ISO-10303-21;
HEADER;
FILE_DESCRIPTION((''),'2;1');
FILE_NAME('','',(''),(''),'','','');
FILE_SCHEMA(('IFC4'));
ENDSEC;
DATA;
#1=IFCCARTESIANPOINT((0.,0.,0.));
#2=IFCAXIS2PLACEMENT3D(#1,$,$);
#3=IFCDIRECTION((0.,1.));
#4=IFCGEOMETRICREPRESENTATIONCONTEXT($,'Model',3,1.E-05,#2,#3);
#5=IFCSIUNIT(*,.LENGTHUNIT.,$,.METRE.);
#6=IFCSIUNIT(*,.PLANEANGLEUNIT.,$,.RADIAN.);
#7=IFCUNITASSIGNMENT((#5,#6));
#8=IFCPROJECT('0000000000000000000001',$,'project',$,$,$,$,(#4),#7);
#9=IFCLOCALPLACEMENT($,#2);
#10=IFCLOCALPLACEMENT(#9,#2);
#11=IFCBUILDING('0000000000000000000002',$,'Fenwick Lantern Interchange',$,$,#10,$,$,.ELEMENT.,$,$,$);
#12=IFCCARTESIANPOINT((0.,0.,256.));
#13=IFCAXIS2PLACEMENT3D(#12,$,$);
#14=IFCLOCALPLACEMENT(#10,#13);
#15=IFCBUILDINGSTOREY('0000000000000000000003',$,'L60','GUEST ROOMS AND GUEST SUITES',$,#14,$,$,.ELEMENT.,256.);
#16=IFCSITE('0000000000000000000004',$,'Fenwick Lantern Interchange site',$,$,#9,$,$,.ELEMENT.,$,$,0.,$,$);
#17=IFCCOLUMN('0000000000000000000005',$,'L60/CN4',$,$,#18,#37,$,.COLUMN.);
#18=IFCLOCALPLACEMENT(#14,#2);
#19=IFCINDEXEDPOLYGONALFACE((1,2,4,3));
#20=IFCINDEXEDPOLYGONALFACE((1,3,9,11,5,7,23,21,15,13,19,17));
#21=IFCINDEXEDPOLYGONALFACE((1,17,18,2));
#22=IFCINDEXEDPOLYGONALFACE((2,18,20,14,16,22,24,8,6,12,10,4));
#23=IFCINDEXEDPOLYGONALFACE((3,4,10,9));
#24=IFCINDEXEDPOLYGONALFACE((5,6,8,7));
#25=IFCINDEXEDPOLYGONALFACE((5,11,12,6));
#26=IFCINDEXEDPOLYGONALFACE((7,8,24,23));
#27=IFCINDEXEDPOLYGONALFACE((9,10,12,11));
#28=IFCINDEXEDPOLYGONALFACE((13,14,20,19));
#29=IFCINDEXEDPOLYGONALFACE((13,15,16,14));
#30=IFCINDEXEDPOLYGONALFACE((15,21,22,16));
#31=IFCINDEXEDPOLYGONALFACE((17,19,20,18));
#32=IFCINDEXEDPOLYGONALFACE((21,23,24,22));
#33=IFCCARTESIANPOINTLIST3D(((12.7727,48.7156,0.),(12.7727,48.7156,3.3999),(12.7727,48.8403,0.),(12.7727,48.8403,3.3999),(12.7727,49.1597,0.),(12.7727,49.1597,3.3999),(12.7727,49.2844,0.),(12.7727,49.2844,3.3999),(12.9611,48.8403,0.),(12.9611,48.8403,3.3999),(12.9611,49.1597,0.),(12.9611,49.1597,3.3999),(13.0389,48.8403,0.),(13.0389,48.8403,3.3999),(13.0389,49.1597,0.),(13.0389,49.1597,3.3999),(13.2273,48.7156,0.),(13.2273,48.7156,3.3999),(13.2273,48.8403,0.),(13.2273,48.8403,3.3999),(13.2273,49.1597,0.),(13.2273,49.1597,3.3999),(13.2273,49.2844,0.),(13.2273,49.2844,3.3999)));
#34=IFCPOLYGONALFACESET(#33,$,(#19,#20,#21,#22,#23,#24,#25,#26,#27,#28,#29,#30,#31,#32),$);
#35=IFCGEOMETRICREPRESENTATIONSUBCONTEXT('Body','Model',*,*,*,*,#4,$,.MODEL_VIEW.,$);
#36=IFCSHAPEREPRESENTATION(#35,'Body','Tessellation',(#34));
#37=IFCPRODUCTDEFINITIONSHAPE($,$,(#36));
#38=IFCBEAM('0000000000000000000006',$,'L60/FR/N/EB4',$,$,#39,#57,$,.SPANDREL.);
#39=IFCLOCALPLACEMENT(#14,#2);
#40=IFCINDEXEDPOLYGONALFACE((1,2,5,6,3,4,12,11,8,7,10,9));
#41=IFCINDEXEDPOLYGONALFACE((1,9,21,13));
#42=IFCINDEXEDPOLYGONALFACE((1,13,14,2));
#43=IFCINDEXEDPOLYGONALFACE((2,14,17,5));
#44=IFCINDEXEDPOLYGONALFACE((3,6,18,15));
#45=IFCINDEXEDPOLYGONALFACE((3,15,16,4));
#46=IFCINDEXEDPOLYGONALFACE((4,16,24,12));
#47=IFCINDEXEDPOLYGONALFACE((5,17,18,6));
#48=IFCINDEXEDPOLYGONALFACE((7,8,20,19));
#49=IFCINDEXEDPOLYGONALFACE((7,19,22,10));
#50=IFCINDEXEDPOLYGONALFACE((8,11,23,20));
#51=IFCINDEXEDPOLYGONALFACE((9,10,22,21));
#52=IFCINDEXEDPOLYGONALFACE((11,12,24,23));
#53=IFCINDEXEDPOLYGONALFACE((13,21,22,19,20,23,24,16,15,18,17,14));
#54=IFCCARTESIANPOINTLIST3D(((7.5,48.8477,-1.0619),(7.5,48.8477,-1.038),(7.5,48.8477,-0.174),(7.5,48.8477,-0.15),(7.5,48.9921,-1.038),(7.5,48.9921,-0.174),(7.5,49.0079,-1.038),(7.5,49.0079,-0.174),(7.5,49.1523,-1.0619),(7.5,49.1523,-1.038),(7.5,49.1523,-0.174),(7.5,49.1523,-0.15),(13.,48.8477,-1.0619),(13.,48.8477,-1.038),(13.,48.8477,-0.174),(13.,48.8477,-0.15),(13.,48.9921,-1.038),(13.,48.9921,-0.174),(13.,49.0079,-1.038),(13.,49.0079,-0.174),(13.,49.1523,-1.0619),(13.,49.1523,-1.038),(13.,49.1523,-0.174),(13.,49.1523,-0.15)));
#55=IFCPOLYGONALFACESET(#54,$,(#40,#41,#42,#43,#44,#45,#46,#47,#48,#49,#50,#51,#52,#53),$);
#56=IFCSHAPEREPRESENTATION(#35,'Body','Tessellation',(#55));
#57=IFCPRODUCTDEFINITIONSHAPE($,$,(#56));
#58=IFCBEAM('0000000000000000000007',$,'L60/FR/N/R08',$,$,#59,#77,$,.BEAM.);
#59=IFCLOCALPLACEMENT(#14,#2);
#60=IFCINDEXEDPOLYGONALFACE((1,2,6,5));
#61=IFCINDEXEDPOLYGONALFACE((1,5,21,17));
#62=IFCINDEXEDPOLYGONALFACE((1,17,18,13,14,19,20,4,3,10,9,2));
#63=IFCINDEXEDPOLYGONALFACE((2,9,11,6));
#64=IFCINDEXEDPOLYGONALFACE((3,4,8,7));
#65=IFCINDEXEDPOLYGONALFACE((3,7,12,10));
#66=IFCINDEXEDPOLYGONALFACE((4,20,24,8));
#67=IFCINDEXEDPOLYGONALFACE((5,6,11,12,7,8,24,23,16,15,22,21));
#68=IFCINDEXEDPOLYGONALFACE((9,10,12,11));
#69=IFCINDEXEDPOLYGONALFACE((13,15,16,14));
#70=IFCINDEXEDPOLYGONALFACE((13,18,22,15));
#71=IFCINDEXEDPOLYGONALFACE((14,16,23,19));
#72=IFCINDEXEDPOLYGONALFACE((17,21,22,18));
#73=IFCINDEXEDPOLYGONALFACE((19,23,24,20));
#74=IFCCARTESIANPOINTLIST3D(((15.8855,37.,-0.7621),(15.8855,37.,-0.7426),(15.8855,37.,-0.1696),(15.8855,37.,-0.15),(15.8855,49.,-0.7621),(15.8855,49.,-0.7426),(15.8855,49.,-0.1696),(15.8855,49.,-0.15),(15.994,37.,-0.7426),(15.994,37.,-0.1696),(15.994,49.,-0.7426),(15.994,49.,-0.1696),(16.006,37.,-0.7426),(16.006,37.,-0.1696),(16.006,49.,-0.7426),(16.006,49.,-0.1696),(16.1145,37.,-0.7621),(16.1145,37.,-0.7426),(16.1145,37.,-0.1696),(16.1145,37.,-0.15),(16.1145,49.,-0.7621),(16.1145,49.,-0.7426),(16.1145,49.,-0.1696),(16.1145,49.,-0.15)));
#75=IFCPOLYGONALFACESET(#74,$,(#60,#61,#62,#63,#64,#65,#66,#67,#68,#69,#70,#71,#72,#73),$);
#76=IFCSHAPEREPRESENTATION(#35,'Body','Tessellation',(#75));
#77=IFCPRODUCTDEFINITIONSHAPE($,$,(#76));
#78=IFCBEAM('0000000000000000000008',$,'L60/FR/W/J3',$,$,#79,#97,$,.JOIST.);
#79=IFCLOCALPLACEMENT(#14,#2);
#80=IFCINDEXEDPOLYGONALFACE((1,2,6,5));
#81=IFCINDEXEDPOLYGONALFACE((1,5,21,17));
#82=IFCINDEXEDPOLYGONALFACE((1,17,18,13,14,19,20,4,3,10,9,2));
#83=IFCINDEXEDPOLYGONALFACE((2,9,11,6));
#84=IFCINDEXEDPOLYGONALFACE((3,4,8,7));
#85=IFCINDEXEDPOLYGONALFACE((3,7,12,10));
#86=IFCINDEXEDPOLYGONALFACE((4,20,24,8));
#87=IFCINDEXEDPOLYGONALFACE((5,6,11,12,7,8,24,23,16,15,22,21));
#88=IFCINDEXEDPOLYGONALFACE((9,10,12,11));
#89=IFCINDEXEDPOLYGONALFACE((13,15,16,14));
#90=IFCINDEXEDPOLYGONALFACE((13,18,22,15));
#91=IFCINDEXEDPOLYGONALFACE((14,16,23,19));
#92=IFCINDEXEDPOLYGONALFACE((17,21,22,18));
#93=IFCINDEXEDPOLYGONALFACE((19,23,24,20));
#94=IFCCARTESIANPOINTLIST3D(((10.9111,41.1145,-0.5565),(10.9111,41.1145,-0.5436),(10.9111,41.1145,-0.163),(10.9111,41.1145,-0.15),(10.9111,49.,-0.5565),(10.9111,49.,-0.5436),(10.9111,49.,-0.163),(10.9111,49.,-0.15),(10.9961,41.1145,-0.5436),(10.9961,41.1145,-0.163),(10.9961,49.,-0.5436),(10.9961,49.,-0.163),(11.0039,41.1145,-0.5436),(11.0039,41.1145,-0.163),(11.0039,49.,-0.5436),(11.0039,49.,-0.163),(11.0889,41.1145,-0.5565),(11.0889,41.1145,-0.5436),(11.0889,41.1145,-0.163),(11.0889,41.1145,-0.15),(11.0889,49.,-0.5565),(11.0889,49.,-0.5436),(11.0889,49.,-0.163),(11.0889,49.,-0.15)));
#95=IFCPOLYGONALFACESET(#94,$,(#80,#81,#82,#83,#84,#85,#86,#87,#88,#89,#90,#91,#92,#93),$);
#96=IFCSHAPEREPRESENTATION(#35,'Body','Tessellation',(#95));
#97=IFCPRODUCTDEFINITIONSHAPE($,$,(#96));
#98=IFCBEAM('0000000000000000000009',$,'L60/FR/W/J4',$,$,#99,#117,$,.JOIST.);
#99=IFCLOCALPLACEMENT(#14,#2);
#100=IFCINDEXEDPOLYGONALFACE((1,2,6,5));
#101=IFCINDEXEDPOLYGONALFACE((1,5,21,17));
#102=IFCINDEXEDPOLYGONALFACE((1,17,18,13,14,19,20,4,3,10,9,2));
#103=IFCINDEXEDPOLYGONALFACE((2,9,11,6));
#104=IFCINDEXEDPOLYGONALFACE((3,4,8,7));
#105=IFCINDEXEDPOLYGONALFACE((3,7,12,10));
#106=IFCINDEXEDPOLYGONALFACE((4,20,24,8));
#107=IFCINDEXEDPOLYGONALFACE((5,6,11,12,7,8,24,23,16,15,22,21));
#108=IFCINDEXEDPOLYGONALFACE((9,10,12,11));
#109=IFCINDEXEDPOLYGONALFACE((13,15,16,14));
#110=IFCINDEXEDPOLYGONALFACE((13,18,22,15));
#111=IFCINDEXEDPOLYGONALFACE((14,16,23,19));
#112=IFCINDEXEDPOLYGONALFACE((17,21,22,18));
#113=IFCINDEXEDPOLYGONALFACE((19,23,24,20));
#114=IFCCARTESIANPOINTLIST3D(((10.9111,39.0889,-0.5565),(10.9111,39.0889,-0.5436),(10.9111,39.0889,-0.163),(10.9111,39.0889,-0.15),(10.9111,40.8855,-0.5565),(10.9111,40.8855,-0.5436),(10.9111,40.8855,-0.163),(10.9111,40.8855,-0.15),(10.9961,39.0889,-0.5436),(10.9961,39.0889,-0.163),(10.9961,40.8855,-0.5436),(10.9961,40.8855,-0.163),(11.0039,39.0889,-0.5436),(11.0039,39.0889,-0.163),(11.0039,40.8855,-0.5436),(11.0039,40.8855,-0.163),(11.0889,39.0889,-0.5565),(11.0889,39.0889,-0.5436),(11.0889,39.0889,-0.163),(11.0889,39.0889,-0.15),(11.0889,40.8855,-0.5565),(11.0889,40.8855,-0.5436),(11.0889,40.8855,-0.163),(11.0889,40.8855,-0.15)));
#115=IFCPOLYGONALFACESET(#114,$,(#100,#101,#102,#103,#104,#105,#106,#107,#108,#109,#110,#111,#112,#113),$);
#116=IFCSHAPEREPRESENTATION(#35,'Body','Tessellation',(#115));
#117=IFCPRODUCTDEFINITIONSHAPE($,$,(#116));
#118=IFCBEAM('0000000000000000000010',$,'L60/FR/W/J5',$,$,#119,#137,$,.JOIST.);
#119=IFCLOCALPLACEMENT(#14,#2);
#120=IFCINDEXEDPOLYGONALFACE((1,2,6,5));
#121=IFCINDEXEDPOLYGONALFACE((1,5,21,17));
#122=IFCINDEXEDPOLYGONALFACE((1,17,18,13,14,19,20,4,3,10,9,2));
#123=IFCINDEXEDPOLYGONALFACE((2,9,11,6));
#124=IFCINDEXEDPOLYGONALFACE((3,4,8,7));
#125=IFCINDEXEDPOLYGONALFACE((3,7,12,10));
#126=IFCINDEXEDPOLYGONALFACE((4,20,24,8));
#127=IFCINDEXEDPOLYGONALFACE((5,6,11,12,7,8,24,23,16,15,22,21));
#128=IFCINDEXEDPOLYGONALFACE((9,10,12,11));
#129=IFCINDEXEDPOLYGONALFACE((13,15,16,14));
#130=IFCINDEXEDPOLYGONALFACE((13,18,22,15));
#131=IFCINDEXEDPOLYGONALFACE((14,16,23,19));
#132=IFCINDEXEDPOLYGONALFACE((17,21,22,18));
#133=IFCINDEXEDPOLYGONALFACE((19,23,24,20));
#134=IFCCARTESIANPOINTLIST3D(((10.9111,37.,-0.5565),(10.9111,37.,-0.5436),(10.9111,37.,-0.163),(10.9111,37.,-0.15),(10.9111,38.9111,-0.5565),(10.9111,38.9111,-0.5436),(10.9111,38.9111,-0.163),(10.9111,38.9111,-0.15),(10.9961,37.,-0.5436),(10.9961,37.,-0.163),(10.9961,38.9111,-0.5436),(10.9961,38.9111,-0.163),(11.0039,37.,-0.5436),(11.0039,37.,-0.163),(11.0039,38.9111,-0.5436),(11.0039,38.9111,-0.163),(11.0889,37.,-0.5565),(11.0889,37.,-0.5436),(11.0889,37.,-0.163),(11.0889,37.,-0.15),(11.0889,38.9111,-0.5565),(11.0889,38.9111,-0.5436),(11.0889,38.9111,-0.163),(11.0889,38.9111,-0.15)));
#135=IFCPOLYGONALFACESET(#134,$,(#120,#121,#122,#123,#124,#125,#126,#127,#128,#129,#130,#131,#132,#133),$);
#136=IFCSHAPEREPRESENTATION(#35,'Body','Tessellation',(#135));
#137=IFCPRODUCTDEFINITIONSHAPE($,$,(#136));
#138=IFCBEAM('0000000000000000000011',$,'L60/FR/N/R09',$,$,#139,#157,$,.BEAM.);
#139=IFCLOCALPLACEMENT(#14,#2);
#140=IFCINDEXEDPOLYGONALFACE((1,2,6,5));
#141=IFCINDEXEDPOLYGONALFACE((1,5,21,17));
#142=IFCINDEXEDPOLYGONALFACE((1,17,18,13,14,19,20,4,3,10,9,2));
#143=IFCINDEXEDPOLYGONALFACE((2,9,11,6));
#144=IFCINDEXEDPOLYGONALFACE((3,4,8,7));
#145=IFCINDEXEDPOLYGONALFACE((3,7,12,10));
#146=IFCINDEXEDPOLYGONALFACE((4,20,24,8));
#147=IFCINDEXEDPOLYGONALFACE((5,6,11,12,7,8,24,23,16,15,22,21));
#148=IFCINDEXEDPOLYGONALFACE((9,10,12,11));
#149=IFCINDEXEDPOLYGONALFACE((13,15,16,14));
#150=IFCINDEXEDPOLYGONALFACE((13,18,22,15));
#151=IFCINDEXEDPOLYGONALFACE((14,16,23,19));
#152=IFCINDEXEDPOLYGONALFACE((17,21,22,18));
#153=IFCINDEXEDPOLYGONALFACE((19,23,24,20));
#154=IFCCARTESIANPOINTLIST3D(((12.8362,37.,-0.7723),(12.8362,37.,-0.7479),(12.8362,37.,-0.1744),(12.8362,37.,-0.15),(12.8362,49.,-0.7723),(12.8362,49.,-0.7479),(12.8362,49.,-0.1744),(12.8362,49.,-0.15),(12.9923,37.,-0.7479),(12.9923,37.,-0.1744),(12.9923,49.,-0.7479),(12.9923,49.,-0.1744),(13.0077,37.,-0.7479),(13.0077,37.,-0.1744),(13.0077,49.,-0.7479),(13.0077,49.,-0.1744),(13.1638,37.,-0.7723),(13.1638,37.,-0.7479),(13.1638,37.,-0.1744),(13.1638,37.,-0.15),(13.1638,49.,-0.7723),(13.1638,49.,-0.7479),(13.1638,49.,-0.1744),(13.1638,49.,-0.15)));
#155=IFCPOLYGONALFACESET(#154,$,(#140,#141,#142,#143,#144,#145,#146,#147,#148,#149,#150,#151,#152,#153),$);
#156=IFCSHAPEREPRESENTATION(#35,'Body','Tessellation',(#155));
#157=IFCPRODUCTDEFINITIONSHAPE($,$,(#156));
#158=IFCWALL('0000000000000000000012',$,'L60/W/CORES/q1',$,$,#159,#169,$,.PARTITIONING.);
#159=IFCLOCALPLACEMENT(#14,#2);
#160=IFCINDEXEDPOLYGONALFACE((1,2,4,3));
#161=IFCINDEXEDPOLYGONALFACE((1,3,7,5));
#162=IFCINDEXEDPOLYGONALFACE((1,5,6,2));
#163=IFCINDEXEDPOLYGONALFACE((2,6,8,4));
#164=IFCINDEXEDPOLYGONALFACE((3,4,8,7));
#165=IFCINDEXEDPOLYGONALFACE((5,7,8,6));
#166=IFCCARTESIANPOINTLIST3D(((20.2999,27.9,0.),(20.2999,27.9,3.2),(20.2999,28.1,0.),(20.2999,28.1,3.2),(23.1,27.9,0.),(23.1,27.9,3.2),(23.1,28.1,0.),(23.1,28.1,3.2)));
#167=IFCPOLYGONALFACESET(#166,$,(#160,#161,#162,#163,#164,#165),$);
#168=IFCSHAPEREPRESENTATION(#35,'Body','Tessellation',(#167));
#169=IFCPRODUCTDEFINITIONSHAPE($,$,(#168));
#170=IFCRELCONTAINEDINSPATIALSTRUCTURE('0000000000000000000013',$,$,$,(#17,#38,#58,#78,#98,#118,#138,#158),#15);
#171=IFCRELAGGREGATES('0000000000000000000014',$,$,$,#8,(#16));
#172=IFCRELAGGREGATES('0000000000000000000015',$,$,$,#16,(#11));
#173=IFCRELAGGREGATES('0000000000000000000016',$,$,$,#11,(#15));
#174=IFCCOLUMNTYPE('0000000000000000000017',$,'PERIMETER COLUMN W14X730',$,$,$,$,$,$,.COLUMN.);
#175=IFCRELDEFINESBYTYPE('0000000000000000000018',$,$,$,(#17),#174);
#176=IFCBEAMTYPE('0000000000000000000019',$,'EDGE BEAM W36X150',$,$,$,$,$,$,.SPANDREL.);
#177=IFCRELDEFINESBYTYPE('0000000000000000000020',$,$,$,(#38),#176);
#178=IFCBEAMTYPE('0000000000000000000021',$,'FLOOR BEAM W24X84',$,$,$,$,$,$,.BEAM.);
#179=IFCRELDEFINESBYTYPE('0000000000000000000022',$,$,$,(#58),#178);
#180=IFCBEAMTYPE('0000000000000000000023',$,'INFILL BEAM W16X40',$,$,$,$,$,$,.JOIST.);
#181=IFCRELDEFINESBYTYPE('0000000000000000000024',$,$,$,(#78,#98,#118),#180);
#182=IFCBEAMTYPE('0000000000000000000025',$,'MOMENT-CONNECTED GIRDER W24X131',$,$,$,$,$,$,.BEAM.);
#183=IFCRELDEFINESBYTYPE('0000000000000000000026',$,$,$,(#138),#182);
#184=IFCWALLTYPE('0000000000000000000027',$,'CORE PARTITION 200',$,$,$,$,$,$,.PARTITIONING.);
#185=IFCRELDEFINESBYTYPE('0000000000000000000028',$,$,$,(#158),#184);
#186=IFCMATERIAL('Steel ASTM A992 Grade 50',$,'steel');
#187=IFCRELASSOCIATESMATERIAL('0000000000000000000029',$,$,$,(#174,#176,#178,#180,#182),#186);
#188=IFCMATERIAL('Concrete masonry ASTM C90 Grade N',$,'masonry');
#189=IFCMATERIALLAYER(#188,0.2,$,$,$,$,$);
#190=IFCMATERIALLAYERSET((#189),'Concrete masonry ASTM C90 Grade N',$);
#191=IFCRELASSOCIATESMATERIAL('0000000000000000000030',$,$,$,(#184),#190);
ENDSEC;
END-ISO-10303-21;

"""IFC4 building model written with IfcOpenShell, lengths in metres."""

from ifc_helpers import new_model, si_unit, direction, frame, frame_2d, origin, origin_2d, place, context, subcontext, project, spatial, rectangle, i_section, extrude, material, layer, layer_set, material_profile, profile_set, type_object, element, save


model = new_model("IFC4")

# Units and contexts
model_context = context("Model", 3, precision=1e-05, world=origin(), true_north=direction((0.0, 1.0)))
body_context = subcontext(model_context, "Body", "Model", "MODEL_VIEW")
ifc_project = project(units=[si_unit("LENGTHUNIT", "METRE"), si_unit("PLANEANGLEUNIT", "RADIAN")], contexts=[model_context])

# Site, building, storey
site_placement = place(None, origin())
site = spatial("IfcSite", under=ifc_project, at=site_placement, Name="Fenwick Lantern Interchange site", CompositionType="ELEMENT", RefElevation=0.0)
building_placement = place(site_placement, origin())
building = spatial("IfcBuilding", under=site, at=building_placement, Name="Fenwick Lantern Interchange", CompositionType="ELEMENT")
storey_placement = place(building_placement, frame((0.0, 0.0, 256.0)))
storey = spatial("IfcBuildingStorey", under=building, at=storey_placement, Name="L60", Description="GUEST ROOMS AND GUEST SUITES", CompositionType="ELEMENT", Elevation=256.0)

# Column
ifc_material_1 = material(Name="Steel ASTM A992 Grade 50", Category="steel")
ifc_material_profile_1 = material_profile(ifc_material_1, i_section(OverallWidth=0.4546, OverallDepth=0.5688, WebThickness=0.0779, FlangeThickness=0.1248, at=origin_2d()), Name="W14X730")
ifc_profile_set_1 = profile_set([ifc_material_profile_1], Name="Steel ASTM A992 Grade 50")
column_type = type_object("IfcColumnType", Name="PERIMETER COLUMN W14X730", PredefinedType="COLUMN", material=ifc_profile_set_1)
column_placement = place(storey_placement, frame((13.0, 49.0, 0.0), z_axis=(0.0, 0.0, 1.0), x_axis=(1.0, 0.0, 0.0)))
element("IfcColumn", 1, at=column_placement, inside=storey, type_object=column_type, Name="L60/CN4", PredefinedType="COLUMN", context=body_context, shape_type="SweptSolid", body=[
    extrude(i_section(OverallWidth=0.4546, OverallDepth=0.5688, WebThickness=0.0779, FlangeThickness=0.1248, at=origin_2d()), origin(), (0.0, 0.0, 1.0), 3.3999),
])

# Beams
ifc_material_profile_2 = material_profile(ifc_material_1, i_section(OverallWidth=0.3047, OverallDepth=0.9119, WebThickness=0.0159, FlangeThickness=0.0239, at=origin_2d()), Name="W36X150")
ifc_profile_set_2 = profile_set([ifc_material_profile_2], Name="Steel ASTM A992 Grade 50")
beam_type_1 = type_object("IfcBeamType", Name="EDGE BEAM W36X150", PredefinedType="SPANDREL", material=ifc_profile_set_2)
beam_1_placement = place(storey_placement, frame((13.0, 49.0, -0.606), z_axis=(-1.0, 0.0, 0.0), x_axis=(0.0, -1.0, 0.0)))
element("IfcBeam", 2, at=beam_1_placement, inside=storey, type_object=beam_type_1, Name="L60/FR/N/EB4", PredefinedType="SPANDREL", context=body_context, shape_type="SweptSolid", body=[
    extrude(i_section(OverallWidth=0.3047, OverallDepth=0.9119, WebThickness=0.0159, FlangeThickness=0.0239, at=origin_2d()), origin(), (0.0, 0.0, 1.0), 5.5),
])
ifc_material_profile_3 = material_profile(ifc_material_1, i_section(OverallWidth=0.229, OverallDepth=0.6121, WebThickness=0.012, FlangeThickness=0.0195, at=origin_2d()), Name="W24X84")
ifc_profile_set_3 = profile_set([ifc_material_profile_3], Name="Steel ASTM A992 Grade 50")
beam_type_2 = type_object("IfcBeamType", Name="FLOOR BEAM W24X84", PredefinedType="BEAM", material=ifc_profile_set_3)
beam_2_placement = place(storey_placement, frame((16.0, 49.0, -0.4561), z_axis=(0.0, -1.0, 0.0), x_axis=(1.0, 0.0, 0.0)))
element("IfcBeam", 3, at=beam_2_placement, inside=storey, type_object=beam_type_2, Name="L60/FR/N/R08", PredefinedType="BEAM", context=body_context, shape_type="SweptSolid", body=[
    extrude(i_section(OverallWidth=0.229, OverallDepth=0.6121, WebThickness=0.012, FlangeThickness=0.0195, at=origin_2d()), origin(), (0.0, 0.0, 1.0), 12.0),
])
ifc_material_profile_4 = material_profile(ifc_material_1, i_section(OverallWidth=0.1777, OverallDepth=0.4065, WebThickness=0.0078, FlangeThickness=0.0129, at=origin_2d()), Name="W16X40")
ifc_profile_set_4 = profile_set([ifc_material_profile_4], Name="Steel ASTM A992 Grade 50")
beam_type_3 = type_object("IfcBeamType", Name="INFILL BEAM W16X40", PredefinedType="JOIST", material=ifc_profile_set_4)
beam_3_placement = place(storey_placement, frame((11.0, 49.0, -0.3533), z_axis=(0.0, -1.0, 0.0), x_axis=(1.0, 0.0, 0.0)))
element("IfcBeam", 4, at=beam_3_placement, inside=storey, type_object=beam_type_3, Name="L60/FR/W/J3", PredefinedType="JOIST", context=body_context, shape_type="SweptSolid", body=[
    extrude(i_section(OverallWidth=0.1777, OverallDepth=0.4065, WebThickness=0.0078, FlangeThickness=0.0129, at=origin_2d()), origin(), (0.0, 0.0, 1.0), 7.8855),
])
beam_4_placement = place(storey_placement, frame((11.0, 40.8855, -0.3533), z_axis=(0.0, -1.0, 0.0), x_axis=(1.0, 0.0, 0.0)))
element("IfcBeam", 5, at=beam_4_placement, inside=storey, type_object=beam_type_3, Name="L60/FR/W/J4", PredefinedType="JOIST", context=body_context, shape_type="SweptSolid", body=[
    extrude(i_section(OverallWidth=0.1777, OverallDepth=0.4065, WebThickness=0.0078, FlangeThickness=0.0129, at=origin_2d()), origin(), (0.0, 0.0, 1.0), 1.7966),
])
beam_5_placement = place(storey_placement, frame((11.0, 38.9111, -0.3533), z_axis=(0.0, -1.0, 0.0), x_axis=(1.0, 0.0, 0.0)))
element("IfcBeam", 6, at=beam_5_placement, inside=storey, type_object=beam_type_3, Name="L60/FR/W/J5", PredefinedType="JOIST", context=body_context, shape_type="SweptSolid", body=[
    extrude(i_section(OverallWidth=0.1777, OverallDepth=0.4065, WebThickness=0.0078, FlangeThickness=0.0129, at=origin_2d()), origin(), (0.0, 0.0, 1.0), 1.9111),
])
ifc_material_profile_5 = material_profile(ifc_material_1, i_section(OverallWidth=0.3276, OverallDepth=0.6223, WebThickness=0.0154, FlangeThickness=0.0244, at=origin_2d()), Name="W24X131")
ifc_profile_set_5 = profile_set([ifc_material_profile_5], Name="Steel ASTM A992 Grade 50")
beam_type_4 = type_object("IfcBeamType", Name="MOMENT-CONNECTED GIRDER W24X131", PredefinedType="BEAM", material=ifc_profile_set_5)
beam_6_placement = place(storey_placement, frame((13.0, 49.0, -0.4612), z_axis=(0.0, -1.0, 0.0), x_axis=(1.0, 0.0, 0.0)))
element("IfcBeam", 7, at=beam_6_placement, inside=storey, type_object=beam_type_4, Name="L60/FR/N/R09", PredefinedType="BEAM", context=body_context, shape_type="SweptSolid", body=[
    extrude(i_section(OverallWidth=0.3276, OverallDepth=0.6223, WebThickness=0.0154, FlangeThickness=0.0244, at=origin_2d()), origin(), (0.0, 0.0, 1.0), 12.0),
])

# Wall
ifc_material_2 = material(Name="Concrete masonry ASTM C90 Grade N", Category="masonry")
ifc_layer_1 = layer(ifc_material_2, 0.2)
ifc_layer_set_1 = layer_set([ifc_layer_1], Name="Concrete masonry ASTM C90 Grade N")
wall_type_1 = type_object("IfcWallType", Name="CORE PARTITION 200", PredefinedType="PARTITIONING", material=ifc_layer_set_1)
wall_1_placement = place(storey_placement, frame((20.3, 28.0, 0.0), z_axis=(0.0, 0.0, 1.0), x_axis=(1.0, 0.0, 0.0)))
element("IfcWall", 8, at=wall_1_placement, inside=storey, type_object=wall_type_1, Name="L60/W/CORES/q1", PredefinedType="PARTITIONING", context=body_context, shape_type="SweptSolid", body=[
    extrude(rectangle(XDim=2.8, YDim=0.2, at=frame_2d((1.3999, 0.0))), origin(), (0.0, 0.0, 1.0), 3.2),
])

save(model, "model.ifc")
